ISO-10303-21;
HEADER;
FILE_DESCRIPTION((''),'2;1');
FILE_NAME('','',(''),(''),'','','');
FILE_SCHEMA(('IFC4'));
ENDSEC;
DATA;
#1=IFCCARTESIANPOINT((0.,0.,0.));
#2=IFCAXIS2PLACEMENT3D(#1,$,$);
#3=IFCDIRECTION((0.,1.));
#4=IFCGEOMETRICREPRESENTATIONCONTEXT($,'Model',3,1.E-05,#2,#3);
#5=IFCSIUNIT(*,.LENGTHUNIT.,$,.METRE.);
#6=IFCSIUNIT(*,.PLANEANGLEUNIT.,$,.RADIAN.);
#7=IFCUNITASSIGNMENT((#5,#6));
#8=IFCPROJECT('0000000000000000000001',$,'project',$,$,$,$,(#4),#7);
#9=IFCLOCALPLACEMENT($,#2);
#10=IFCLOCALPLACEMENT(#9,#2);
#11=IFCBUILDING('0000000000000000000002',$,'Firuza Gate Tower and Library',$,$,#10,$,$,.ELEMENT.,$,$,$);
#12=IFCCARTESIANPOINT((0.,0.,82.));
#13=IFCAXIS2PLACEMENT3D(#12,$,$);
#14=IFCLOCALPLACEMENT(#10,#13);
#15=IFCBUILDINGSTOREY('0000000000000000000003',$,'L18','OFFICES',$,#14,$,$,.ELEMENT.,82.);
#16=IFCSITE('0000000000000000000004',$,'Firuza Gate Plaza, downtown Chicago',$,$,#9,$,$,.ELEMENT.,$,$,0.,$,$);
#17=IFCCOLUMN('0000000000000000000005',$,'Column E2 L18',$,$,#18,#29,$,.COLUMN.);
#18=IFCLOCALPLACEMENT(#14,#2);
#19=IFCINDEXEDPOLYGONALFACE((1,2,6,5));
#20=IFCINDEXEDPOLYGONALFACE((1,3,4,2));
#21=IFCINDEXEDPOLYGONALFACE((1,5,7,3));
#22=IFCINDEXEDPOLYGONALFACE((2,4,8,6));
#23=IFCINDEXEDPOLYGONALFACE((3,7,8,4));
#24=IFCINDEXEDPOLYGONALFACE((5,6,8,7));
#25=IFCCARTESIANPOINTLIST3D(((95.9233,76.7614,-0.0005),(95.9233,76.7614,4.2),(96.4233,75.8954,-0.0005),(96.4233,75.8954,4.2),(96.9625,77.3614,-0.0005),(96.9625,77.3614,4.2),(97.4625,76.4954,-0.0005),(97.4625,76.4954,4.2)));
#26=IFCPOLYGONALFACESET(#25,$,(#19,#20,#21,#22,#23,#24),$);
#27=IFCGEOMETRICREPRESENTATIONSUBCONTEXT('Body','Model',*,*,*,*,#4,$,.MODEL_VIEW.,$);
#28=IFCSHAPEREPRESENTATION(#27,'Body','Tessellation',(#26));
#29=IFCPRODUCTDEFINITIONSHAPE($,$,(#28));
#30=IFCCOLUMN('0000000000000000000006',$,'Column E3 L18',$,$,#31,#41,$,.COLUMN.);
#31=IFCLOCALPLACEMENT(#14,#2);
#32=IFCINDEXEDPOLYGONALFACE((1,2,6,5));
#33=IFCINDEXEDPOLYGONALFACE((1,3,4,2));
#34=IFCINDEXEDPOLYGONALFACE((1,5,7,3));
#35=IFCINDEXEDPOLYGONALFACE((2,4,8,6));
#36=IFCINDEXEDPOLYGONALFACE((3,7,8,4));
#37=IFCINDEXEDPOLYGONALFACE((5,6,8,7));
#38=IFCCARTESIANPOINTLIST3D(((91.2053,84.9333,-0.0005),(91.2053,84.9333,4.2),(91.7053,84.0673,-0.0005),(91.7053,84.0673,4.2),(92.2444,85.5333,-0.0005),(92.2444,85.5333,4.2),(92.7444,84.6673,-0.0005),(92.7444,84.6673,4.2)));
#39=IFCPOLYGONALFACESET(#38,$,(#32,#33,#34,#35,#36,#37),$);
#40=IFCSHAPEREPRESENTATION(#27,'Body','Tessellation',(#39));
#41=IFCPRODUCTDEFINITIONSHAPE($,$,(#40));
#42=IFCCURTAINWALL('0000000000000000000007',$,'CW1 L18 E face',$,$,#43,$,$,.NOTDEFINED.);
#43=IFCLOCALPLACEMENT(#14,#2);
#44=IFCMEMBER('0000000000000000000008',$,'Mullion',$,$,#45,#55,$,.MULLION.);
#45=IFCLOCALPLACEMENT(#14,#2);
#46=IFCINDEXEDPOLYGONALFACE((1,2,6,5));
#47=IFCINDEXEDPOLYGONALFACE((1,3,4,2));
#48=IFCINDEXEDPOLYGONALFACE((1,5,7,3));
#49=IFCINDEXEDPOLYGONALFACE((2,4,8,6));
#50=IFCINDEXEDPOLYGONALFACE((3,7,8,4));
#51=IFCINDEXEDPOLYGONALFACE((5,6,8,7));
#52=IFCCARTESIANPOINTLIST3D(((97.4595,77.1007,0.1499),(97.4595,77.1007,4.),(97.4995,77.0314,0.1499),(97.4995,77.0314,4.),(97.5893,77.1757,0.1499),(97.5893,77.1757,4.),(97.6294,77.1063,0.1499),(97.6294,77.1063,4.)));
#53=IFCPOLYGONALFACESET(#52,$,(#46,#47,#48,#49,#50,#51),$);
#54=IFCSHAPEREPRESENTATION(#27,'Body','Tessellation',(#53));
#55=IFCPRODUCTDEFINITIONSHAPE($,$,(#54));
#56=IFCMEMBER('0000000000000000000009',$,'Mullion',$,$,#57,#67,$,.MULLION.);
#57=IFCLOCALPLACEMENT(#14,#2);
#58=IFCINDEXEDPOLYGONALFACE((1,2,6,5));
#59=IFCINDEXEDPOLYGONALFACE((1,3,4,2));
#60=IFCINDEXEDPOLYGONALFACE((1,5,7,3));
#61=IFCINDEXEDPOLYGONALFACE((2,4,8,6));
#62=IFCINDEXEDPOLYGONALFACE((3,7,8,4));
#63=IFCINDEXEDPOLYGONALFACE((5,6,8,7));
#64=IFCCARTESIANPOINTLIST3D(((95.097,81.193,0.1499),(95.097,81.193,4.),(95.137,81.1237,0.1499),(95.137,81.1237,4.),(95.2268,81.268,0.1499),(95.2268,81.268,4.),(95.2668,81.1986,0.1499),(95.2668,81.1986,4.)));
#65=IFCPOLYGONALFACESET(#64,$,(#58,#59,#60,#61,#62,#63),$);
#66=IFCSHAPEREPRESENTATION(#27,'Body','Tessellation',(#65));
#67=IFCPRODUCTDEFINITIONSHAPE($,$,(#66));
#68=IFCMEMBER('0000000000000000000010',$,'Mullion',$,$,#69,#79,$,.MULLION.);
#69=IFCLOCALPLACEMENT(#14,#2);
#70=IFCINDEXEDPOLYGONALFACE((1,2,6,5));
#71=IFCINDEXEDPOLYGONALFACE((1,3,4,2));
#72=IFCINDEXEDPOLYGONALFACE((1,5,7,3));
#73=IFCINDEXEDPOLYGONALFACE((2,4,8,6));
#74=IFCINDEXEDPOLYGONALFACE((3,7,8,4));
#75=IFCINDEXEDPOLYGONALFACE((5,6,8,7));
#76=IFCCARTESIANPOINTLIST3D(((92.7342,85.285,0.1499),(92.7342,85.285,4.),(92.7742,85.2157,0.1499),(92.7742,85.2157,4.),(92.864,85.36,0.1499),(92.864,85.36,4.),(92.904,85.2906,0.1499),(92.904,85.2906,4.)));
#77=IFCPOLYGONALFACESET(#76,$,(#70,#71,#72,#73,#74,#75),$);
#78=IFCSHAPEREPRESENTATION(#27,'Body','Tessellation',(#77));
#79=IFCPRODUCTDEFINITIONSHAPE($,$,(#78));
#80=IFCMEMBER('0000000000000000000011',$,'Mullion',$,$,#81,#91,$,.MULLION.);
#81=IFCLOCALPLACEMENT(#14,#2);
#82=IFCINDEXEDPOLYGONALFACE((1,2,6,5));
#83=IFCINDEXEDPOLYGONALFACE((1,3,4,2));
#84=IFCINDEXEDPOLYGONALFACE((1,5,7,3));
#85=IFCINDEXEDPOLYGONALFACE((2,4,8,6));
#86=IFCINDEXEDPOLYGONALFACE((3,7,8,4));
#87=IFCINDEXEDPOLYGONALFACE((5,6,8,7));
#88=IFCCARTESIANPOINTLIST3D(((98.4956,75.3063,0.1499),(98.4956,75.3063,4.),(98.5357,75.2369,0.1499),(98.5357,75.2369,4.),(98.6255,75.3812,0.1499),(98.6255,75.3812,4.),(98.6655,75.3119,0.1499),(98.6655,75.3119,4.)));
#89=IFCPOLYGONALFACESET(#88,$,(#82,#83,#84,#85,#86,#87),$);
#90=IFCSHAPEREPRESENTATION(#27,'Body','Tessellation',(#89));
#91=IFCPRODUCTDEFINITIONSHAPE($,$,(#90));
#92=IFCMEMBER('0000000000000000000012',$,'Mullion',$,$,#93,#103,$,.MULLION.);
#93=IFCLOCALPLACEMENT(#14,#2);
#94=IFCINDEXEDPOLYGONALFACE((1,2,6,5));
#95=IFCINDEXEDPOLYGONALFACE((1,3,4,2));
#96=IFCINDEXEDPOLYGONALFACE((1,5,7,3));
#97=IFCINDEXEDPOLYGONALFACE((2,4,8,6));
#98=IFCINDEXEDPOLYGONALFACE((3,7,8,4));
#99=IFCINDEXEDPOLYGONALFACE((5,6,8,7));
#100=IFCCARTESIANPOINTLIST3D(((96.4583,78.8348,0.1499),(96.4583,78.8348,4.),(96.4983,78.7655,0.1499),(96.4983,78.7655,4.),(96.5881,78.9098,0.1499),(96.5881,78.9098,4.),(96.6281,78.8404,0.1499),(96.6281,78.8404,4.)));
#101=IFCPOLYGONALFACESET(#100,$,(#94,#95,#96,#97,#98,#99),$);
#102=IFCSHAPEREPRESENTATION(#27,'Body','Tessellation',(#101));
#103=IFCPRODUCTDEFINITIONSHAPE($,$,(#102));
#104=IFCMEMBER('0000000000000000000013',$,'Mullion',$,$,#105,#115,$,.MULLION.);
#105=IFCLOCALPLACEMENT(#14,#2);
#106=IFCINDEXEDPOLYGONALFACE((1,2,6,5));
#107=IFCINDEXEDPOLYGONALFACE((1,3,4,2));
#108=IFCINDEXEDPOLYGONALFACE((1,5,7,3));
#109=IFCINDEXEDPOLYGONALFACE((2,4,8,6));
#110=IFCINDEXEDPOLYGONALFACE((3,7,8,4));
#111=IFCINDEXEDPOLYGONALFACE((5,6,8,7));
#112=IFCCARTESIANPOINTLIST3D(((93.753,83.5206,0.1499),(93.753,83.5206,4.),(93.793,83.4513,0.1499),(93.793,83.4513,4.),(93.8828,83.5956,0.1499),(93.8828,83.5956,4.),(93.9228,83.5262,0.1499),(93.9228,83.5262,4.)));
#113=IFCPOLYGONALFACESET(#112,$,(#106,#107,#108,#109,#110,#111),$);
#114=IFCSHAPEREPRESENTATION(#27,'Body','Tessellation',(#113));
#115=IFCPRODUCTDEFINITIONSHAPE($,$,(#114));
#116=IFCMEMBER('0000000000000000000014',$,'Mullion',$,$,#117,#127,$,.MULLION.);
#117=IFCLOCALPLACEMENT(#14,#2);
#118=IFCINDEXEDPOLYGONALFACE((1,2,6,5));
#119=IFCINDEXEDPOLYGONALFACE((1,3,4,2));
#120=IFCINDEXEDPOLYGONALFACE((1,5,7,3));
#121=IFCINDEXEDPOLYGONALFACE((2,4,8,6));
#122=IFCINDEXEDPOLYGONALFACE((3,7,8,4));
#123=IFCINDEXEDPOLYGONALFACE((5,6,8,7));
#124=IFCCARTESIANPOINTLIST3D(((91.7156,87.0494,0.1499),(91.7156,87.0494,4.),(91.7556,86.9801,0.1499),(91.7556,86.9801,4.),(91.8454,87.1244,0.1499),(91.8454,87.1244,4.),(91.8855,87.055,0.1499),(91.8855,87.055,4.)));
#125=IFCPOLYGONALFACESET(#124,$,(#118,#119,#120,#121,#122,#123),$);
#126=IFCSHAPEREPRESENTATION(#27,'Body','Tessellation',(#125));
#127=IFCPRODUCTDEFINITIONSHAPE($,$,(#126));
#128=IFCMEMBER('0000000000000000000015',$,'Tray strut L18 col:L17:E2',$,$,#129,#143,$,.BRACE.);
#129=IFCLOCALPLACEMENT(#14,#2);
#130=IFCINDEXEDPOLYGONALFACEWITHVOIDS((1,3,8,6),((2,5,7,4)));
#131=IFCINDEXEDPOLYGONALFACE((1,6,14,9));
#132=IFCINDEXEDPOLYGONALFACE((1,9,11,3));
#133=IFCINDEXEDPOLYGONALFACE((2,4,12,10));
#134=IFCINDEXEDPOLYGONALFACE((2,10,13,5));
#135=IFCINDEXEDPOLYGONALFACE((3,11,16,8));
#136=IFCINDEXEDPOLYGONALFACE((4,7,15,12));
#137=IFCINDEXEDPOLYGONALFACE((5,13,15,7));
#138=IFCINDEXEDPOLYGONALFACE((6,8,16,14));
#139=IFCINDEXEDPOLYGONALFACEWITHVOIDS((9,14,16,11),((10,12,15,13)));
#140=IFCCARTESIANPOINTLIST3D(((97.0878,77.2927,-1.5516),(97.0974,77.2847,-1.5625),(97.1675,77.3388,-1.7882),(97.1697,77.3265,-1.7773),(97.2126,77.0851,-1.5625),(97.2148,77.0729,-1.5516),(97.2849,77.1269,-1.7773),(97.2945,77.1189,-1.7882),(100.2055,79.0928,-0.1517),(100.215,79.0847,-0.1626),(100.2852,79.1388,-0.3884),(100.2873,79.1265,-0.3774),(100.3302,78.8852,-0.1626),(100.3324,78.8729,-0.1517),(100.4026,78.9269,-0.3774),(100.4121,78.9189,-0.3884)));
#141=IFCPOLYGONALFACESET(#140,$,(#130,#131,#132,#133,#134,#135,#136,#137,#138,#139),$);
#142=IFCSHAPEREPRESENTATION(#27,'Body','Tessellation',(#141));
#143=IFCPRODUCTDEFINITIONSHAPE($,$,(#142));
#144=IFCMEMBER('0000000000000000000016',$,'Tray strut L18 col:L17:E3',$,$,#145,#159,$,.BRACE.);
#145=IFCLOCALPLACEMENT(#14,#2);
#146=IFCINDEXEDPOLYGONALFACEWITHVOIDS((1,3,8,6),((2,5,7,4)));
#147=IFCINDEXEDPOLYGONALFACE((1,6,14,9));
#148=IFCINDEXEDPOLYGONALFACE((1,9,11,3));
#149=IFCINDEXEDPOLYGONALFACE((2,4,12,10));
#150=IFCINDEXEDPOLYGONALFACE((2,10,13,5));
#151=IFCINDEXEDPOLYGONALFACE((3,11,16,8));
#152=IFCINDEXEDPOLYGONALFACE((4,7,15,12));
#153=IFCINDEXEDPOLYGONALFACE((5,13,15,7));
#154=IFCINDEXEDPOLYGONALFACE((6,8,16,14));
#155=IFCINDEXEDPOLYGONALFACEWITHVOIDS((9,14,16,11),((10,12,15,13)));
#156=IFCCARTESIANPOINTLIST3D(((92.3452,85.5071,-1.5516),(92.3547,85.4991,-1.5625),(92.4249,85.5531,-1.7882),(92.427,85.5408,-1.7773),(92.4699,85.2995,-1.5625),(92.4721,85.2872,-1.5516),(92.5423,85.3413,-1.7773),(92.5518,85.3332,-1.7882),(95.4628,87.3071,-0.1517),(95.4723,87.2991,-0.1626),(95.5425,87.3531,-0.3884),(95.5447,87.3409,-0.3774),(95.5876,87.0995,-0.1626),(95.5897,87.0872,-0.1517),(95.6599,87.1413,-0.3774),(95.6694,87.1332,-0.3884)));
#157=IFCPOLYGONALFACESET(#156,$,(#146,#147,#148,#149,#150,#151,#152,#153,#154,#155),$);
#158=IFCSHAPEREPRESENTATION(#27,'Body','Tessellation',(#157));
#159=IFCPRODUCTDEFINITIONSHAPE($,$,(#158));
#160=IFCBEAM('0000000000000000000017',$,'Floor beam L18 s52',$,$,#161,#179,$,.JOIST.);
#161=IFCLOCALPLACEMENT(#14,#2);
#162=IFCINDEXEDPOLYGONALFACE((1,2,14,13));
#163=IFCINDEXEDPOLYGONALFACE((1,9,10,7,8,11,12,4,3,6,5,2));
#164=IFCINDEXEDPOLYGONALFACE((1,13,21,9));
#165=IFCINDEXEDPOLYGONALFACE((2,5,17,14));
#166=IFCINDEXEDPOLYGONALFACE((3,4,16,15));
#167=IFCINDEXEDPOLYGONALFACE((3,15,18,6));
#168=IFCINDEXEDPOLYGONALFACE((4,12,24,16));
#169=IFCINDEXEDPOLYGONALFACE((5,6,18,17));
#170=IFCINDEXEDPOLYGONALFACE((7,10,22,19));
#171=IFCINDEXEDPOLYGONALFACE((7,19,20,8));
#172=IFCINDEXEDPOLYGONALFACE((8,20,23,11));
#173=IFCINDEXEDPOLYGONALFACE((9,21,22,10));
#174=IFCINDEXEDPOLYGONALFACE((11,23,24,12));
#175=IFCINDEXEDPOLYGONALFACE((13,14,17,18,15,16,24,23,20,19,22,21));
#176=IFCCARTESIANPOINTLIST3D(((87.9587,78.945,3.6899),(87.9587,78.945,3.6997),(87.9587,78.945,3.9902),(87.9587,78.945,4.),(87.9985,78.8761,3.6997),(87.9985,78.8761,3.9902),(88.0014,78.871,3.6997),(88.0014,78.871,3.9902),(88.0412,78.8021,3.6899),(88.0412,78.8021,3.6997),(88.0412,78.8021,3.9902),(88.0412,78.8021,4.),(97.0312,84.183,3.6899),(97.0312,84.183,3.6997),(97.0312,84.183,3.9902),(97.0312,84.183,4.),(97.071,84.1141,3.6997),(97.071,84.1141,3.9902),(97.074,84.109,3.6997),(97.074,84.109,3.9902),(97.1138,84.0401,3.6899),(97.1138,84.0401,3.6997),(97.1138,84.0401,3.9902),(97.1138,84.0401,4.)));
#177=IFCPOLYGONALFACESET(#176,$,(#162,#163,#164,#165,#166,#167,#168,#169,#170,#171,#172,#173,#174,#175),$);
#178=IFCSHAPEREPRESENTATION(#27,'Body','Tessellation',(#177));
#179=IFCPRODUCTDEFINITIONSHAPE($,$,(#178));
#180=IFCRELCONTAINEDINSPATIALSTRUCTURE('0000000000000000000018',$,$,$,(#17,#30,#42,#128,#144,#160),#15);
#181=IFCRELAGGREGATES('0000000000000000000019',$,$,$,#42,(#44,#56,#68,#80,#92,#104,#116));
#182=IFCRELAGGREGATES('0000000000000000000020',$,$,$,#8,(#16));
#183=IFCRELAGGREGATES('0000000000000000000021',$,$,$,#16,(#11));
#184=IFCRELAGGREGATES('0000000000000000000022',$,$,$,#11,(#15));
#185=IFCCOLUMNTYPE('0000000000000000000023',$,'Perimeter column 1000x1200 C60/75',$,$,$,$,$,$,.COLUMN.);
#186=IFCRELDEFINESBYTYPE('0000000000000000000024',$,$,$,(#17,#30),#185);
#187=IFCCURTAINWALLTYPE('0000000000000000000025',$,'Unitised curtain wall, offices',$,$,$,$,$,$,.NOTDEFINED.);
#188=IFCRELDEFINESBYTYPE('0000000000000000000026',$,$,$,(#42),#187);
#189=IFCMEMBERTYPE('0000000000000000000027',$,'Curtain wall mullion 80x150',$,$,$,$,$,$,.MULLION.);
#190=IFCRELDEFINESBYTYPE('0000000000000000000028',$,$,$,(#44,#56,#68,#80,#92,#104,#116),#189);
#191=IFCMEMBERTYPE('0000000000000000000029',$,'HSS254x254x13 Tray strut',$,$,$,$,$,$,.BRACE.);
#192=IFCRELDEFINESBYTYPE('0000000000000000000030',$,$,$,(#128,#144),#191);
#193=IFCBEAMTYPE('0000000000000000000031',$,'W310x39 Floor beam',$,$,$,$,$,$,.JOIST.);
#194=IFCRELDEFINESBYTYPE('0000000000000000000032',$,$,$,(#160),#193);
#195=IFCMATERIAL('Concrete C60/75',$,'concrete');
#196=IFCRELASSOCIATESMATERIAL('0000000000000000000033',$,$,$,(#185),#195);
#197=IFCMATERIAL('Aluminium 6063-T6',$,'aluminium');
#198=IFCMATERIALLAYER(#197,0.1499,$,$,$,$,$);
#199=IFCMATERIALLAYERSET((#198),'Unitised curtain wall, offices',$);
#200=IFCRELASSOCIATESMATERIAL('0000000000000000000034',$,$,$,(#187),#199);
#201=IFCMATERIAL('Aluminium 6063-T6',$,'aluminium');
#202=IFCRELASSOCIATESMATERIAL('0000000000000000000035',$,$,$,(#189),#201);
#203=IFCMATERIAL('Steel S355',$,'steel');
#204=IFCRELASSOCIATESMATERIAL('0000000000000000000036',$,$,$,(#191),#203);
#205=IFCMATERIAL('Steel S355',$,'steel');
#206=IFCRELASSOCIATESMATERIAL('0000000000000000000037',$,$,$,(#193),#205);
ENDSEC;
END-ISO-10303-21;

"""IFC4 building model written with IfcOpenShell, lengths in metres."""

from ifc_helpers import new_model, si_unit, direction, frame, origin, origin_2d, place, context, subcontext, project, spatial, rectangle, hollow_rectangle, i_section, extrude, material, layer, layer_set, material_profile, profile_set, type_object, element, aggregate, save


model = new_model("IFC4")

# Units and contexts
model_context = context("Model", 3, precision=1e-05, world=origin(), true_north=direction((0.0, 1.0)))
body_context = subcontext(model_context, "Body", "Model", "MODEL_VIEW")
ifc_project = project(units=[si_unit("LENGTHUNIT", "METRE"), si_unit("PLANEANGLEUNIT", "RADIAN")], contexts=[model_context])

# Site, building, storey
site_placement = place(None, origin())
site = spatial("IfcSite", under=ifc_project, at=site_placement, Name="Firuza Gate Plaza, downtown Chicago", CompositionType="ELEMENT", RefElevation=0.0)
building_placement = place(site_placement, origin())
building = spatial("IfcBuilding", under=site, at=building_placement, Name="Firuza Gate Tower and Library", CompositionType="ELEMENT")
storey_placement = place(building_placement, frame((0.0, 0.0, 82.0)))
storey = spatial("IfcBuildingStorey", under=building, at=storey_placement, Name="L18", Description="OFFICES", CompositionType="ELEMENT", Elevation=82.0)

# Columns
ifc_material_1 = material(Name="Concrete C60/75", Category="concrete")
ifc_material_profile_1 = material_profile(ifc_material_1, rectangle(XDim=1.0, YDim=1.2, at=origin_2d()))
ifc_profile_set_1 = profile_set([ifc_material_profile_1], Name="Concrete C60/75")
column_type = type_object("IfcColumnType", Name="Perimeter column 1000x1200 C60/75", PredefinedType="COLUMN", material=ifc_profile_set_1)
for number, where, z_axis, x_axis, name in (
    (1, (96.6929, 76.6284, -0.0005), (0.0, 0.0, 1.0), (-0.5, 0.866025, 0.0), "Column E2 L18"),
    (2, (91.9749, 84.8003, -0.0005), (0.0, 0.0, 1.0), (-0.5, 0.866025, 0.0), "Column E3 L18"),
):
    element("IfcColumn", number, at=place(storey_placement, frame(where, z_axis=z_axis, x_axis=x_axis)), inside=storey, type_object=column_type, Name=name, PredefinedType="COLUMN", context=body_context, shape_type="SweptSolid", body=[
        extrude(rectangle(XDim=1.0, YDim=1.2, at=origin_2d()), origin(), (0.0, 0.0, 1.0), 4.2004),
    ])

# Curtain wall, members
ifc_material_2 = material(Name="Aluminium 6063-T6", Category="aluminium")
ifc_layer_1 = layer(ifc_material_2, 0.1499)
ifc_layer_set_1 = layer_set([ifc_layer_1], Name="Unitised curtain wall, offices")
curtain_wall_type = type_object("IfcCurtainWallType", Name="Unitised curtain wall, offices", PredefinedType="NOTDEFINED", material=ifc_layer_set_1)
curtain_wall_placement = place(storey_placement, origin())
curtain_wall = element("IfcCurtainWall", 3, at=curtain_wall_placement, inside=storey, type_object=curtain_wall_type, Name="CW1 L18 E face", PredefinedType="NOTDEFINED")
ifc_material_3 = material(Name="Aluminium 6063-T6", Category="aluminium")
ifc_material_profile_2 = material_profile(ifc_material_3, rectangle(XDim=0.1499, YDim=0.0801, at=origin_2d()))
ifc_profile_set_2 = profile_set([ifc_material_profile_2], Name="Aluminium 6063-T6")
member_type_1 = type_object("IfcMemberType", Name="Curtain wall mullion 80x150", PredefinedType="MULLION", material=ifc_profile_set_2)
member_1_placement = place(storey_placement, frame((97.5444, 77.1035, 0.1499), z_axis=(0.0, 0.0, 1.0), x_axis=(-0.866025, -0.5, 0.0)))
member_1 = element("IfcMember", 4, at=member_1_placement, type_object=member_type_1, Name="Mullion", PredefinedType="MULLION", context=body_context, shape_type="SweptSolid", body=[
    extrude(rectangle(XDim=0.1499, YDim=0.0801, at=origin_2d()), origin(), (0.0, 0.0, 1.0), 3.8501),
])
member_2_placement = place(storey_placement, frame((95.1819, 81.1958, 0.1499), z_axis=(0.0, 0.0, 1.0), x_axis=(-0.866025, -0.5, 0.0)))
member_2 = element("IfcMember", 5, at=member_2_placement, type_object=member_type_1, Name="Mullion", PredefinedType="MULLION", context=body_context, shape_type="SweptSolid", body=[
    extrude(rectangle(XDim=0.1499, YDim=0.0801, at=origin_2d()), origin(), (0.0, 0.0, 1.0), 3.8501),
])
member_3_placement = place(storey_placement, frame((92.8191, 85.2878, 0.1499), z_axis=(0.0, 0.0, 1.0), x_axis=(-0.866025, -0.5, 0.0)))
member_3 = element("IfcMember", 6, at=member_3_placement, type_object=member_type_1, Name="Mullion", PredefinedType="MULLION", context=body_context, shape_type="SweptSolid", body=[
    extrude(rectangle(XDim=0.1499, YDim=0.0801, at=origin_2d()), origin(), (0.0, 0.0, 1.0), 3.8501),
])
member_4_placement = place(storey_placement, frame((98.5806, 75.3091, 0.1499), z_axis=(0.0, 0.0, 1.0), x_axis=(-0.866025, -0.5, 0.0)))
member_4 = element("IfcMember", 7, at=member_4_placement, type_object=member_type_1, Name="Mullion", PredefinedType="MULLION", context=body_context, shape_type="SweptSolid", body=[
    extrude(rectangle(XDim=0.1499, YDim=0.0801, at=origin_2d()), origin(), (0.0, 0.0, 1.0), 3.8501),
])
member_5_placement = place(storey_placement, frame((96.5432, 78.8376, 0.1499), z_axis=(0.0, 0.0, 1.0), x_axis=(-0.866025, -0.5, 0.0)))
member_5 = element("IfcMember", 8, at=member_5_placement, type_object=member_type_1, Name="Mullion", PredefinedType="MULLION", context=body_context, shape_type="SweptSolid", body=[
    extrude(rectangle(XDim=0.1499, YDim=0.0801, at=origin_2d()), origin(), (0.0, 0.0, 1.0), 3.8501),
])
member_6_placement = place(storey_placement, frame((93.8379, 83.5234, 0.1499), z_axis=(0.0, 0.0, 1.0), x_axis=(-0.866025, -0.5, 0.0)))
member_6 = element("IfcMember", 9, at=member_6_placement, type_object=member_type_1, Name="Mullion", PredefinedType="MULLION", context=body_context, shape_type="SweptSolid", body=[
    extrude(rectangle(XDim=0.1499, YDim=0.0801, at=origin_2d()), origin(), (0.0, 0.0, 1.0), 3.8501),
])
member_7_placement = place(storey_placement, frame((91.8005, 87.0522, 0.1499), z_axis=(0.0, 0.0, 1.0), x_axis=(-0.866025, -0.5, 0.0)))
member_7 = element("IfcMember", 10, at=member_7_placement, type_object=member_type_1, Name="Mullion", PredefinedType="MULLION", context=body_context, shape_type="SweptSolid", body=[
    extrude(rectangle(XDim=0.1499, YDim=0.0801, at=origin_2d()), origin(), (0.0, 0.0, 1.0), 3.8501),
])

# Members
ifc_material_4 = material(Name="Steel S355", Category="steel")
ifc_material_profile_3 = material_profile(ifc_material_4, hollow_rectangle(XDim=0.2539, YDim=0.2539, WallThickness=0.0117, at=origin_2d()))
ifc_profile_set_3 = profile_set([ifc_material_profile_3], Name="Steel S355")
member_type_2 = type_object("IfcMemberType", Name="HSS254x254x13 Tray strut", PredefinedType="BRACE", material=ifc_profile_set_3)
for number, where, z_axis, x_axis, name in (
    (11, (97.1912, 77.2058, -1.6699), (0.807141, 0.466018, 0.362423), (-0.500012, 0.866018, 0.0), "Tray strut L18 col:L17:E2"),
    (12, (92.4485, 85.4202, -1.6699), (0.807141, 0.466018, 0.362423), (-0.500012, 0.866018, 0.0), "Tray strut L18 col:L17:E3"),
):
    element("IfcMember", number, at=place(storey_placement, frame(where, z_axis=z_axis, x_axis=x_axis)), inside=storey, type_object=member_type_2, Name=name, PredefinedType="BRACE", context=body_context, shape_type="SweptSolid", body=[
        extrude(hollow_rectangle(XDim=0.2539, YDim=0.2539, WallThickness=0.0117, at=origin_2d()), origin(), (0.0, 0.0, 1.0), 3.8625),
    ])

# Beam
ifc_material_5 = material(Name="Steel S355", Category="steel")
ifc_material_profile_4 = material_profile(ifc_material_5, i_section(OverallWidth=0.165, OverallDepth=0.3101, WebThickness=0.0059, FlangeThickness=0.0098, at=origin_2d()))
ifc_profile_set_4 = profile_set([ifc_material_profile_4], Name="Steel S355")
beam_type_1 = type_object("IfcBeamType", Name="W310x39 Floor beam", PredefinedType="JOIST", material=ifc_profile_set_4)
beam_1_placement = place(storey_placement, frame((97.0725, 84.1116, 3.845), z_axis=(-0.866025, -0.500002, 0.0), x_axis=(0.500002, -0.866025, 0.0)))
element("IfcBeam", 13, at=beam_1_placement, inside=storey, type_object=beam_type_1, Name="Floor beam L18 s52", PredefinedType="JOIST", context=body_context, shape_type="SweptSolid", body=[
    extrude(i_section(OverallWidth=0.165, OverallDepth=0.3101, WebThickness=0.0059, FlangeThickness=0.0098, at=origin_2d()), origin(), (0.0, 0.0, 1.0), 10.4761),
])

aggregate(curtain_wall, [member_1, member_2, member_3, member_4, member_5, member_6, member_7])

save(model, "model.ifc")
